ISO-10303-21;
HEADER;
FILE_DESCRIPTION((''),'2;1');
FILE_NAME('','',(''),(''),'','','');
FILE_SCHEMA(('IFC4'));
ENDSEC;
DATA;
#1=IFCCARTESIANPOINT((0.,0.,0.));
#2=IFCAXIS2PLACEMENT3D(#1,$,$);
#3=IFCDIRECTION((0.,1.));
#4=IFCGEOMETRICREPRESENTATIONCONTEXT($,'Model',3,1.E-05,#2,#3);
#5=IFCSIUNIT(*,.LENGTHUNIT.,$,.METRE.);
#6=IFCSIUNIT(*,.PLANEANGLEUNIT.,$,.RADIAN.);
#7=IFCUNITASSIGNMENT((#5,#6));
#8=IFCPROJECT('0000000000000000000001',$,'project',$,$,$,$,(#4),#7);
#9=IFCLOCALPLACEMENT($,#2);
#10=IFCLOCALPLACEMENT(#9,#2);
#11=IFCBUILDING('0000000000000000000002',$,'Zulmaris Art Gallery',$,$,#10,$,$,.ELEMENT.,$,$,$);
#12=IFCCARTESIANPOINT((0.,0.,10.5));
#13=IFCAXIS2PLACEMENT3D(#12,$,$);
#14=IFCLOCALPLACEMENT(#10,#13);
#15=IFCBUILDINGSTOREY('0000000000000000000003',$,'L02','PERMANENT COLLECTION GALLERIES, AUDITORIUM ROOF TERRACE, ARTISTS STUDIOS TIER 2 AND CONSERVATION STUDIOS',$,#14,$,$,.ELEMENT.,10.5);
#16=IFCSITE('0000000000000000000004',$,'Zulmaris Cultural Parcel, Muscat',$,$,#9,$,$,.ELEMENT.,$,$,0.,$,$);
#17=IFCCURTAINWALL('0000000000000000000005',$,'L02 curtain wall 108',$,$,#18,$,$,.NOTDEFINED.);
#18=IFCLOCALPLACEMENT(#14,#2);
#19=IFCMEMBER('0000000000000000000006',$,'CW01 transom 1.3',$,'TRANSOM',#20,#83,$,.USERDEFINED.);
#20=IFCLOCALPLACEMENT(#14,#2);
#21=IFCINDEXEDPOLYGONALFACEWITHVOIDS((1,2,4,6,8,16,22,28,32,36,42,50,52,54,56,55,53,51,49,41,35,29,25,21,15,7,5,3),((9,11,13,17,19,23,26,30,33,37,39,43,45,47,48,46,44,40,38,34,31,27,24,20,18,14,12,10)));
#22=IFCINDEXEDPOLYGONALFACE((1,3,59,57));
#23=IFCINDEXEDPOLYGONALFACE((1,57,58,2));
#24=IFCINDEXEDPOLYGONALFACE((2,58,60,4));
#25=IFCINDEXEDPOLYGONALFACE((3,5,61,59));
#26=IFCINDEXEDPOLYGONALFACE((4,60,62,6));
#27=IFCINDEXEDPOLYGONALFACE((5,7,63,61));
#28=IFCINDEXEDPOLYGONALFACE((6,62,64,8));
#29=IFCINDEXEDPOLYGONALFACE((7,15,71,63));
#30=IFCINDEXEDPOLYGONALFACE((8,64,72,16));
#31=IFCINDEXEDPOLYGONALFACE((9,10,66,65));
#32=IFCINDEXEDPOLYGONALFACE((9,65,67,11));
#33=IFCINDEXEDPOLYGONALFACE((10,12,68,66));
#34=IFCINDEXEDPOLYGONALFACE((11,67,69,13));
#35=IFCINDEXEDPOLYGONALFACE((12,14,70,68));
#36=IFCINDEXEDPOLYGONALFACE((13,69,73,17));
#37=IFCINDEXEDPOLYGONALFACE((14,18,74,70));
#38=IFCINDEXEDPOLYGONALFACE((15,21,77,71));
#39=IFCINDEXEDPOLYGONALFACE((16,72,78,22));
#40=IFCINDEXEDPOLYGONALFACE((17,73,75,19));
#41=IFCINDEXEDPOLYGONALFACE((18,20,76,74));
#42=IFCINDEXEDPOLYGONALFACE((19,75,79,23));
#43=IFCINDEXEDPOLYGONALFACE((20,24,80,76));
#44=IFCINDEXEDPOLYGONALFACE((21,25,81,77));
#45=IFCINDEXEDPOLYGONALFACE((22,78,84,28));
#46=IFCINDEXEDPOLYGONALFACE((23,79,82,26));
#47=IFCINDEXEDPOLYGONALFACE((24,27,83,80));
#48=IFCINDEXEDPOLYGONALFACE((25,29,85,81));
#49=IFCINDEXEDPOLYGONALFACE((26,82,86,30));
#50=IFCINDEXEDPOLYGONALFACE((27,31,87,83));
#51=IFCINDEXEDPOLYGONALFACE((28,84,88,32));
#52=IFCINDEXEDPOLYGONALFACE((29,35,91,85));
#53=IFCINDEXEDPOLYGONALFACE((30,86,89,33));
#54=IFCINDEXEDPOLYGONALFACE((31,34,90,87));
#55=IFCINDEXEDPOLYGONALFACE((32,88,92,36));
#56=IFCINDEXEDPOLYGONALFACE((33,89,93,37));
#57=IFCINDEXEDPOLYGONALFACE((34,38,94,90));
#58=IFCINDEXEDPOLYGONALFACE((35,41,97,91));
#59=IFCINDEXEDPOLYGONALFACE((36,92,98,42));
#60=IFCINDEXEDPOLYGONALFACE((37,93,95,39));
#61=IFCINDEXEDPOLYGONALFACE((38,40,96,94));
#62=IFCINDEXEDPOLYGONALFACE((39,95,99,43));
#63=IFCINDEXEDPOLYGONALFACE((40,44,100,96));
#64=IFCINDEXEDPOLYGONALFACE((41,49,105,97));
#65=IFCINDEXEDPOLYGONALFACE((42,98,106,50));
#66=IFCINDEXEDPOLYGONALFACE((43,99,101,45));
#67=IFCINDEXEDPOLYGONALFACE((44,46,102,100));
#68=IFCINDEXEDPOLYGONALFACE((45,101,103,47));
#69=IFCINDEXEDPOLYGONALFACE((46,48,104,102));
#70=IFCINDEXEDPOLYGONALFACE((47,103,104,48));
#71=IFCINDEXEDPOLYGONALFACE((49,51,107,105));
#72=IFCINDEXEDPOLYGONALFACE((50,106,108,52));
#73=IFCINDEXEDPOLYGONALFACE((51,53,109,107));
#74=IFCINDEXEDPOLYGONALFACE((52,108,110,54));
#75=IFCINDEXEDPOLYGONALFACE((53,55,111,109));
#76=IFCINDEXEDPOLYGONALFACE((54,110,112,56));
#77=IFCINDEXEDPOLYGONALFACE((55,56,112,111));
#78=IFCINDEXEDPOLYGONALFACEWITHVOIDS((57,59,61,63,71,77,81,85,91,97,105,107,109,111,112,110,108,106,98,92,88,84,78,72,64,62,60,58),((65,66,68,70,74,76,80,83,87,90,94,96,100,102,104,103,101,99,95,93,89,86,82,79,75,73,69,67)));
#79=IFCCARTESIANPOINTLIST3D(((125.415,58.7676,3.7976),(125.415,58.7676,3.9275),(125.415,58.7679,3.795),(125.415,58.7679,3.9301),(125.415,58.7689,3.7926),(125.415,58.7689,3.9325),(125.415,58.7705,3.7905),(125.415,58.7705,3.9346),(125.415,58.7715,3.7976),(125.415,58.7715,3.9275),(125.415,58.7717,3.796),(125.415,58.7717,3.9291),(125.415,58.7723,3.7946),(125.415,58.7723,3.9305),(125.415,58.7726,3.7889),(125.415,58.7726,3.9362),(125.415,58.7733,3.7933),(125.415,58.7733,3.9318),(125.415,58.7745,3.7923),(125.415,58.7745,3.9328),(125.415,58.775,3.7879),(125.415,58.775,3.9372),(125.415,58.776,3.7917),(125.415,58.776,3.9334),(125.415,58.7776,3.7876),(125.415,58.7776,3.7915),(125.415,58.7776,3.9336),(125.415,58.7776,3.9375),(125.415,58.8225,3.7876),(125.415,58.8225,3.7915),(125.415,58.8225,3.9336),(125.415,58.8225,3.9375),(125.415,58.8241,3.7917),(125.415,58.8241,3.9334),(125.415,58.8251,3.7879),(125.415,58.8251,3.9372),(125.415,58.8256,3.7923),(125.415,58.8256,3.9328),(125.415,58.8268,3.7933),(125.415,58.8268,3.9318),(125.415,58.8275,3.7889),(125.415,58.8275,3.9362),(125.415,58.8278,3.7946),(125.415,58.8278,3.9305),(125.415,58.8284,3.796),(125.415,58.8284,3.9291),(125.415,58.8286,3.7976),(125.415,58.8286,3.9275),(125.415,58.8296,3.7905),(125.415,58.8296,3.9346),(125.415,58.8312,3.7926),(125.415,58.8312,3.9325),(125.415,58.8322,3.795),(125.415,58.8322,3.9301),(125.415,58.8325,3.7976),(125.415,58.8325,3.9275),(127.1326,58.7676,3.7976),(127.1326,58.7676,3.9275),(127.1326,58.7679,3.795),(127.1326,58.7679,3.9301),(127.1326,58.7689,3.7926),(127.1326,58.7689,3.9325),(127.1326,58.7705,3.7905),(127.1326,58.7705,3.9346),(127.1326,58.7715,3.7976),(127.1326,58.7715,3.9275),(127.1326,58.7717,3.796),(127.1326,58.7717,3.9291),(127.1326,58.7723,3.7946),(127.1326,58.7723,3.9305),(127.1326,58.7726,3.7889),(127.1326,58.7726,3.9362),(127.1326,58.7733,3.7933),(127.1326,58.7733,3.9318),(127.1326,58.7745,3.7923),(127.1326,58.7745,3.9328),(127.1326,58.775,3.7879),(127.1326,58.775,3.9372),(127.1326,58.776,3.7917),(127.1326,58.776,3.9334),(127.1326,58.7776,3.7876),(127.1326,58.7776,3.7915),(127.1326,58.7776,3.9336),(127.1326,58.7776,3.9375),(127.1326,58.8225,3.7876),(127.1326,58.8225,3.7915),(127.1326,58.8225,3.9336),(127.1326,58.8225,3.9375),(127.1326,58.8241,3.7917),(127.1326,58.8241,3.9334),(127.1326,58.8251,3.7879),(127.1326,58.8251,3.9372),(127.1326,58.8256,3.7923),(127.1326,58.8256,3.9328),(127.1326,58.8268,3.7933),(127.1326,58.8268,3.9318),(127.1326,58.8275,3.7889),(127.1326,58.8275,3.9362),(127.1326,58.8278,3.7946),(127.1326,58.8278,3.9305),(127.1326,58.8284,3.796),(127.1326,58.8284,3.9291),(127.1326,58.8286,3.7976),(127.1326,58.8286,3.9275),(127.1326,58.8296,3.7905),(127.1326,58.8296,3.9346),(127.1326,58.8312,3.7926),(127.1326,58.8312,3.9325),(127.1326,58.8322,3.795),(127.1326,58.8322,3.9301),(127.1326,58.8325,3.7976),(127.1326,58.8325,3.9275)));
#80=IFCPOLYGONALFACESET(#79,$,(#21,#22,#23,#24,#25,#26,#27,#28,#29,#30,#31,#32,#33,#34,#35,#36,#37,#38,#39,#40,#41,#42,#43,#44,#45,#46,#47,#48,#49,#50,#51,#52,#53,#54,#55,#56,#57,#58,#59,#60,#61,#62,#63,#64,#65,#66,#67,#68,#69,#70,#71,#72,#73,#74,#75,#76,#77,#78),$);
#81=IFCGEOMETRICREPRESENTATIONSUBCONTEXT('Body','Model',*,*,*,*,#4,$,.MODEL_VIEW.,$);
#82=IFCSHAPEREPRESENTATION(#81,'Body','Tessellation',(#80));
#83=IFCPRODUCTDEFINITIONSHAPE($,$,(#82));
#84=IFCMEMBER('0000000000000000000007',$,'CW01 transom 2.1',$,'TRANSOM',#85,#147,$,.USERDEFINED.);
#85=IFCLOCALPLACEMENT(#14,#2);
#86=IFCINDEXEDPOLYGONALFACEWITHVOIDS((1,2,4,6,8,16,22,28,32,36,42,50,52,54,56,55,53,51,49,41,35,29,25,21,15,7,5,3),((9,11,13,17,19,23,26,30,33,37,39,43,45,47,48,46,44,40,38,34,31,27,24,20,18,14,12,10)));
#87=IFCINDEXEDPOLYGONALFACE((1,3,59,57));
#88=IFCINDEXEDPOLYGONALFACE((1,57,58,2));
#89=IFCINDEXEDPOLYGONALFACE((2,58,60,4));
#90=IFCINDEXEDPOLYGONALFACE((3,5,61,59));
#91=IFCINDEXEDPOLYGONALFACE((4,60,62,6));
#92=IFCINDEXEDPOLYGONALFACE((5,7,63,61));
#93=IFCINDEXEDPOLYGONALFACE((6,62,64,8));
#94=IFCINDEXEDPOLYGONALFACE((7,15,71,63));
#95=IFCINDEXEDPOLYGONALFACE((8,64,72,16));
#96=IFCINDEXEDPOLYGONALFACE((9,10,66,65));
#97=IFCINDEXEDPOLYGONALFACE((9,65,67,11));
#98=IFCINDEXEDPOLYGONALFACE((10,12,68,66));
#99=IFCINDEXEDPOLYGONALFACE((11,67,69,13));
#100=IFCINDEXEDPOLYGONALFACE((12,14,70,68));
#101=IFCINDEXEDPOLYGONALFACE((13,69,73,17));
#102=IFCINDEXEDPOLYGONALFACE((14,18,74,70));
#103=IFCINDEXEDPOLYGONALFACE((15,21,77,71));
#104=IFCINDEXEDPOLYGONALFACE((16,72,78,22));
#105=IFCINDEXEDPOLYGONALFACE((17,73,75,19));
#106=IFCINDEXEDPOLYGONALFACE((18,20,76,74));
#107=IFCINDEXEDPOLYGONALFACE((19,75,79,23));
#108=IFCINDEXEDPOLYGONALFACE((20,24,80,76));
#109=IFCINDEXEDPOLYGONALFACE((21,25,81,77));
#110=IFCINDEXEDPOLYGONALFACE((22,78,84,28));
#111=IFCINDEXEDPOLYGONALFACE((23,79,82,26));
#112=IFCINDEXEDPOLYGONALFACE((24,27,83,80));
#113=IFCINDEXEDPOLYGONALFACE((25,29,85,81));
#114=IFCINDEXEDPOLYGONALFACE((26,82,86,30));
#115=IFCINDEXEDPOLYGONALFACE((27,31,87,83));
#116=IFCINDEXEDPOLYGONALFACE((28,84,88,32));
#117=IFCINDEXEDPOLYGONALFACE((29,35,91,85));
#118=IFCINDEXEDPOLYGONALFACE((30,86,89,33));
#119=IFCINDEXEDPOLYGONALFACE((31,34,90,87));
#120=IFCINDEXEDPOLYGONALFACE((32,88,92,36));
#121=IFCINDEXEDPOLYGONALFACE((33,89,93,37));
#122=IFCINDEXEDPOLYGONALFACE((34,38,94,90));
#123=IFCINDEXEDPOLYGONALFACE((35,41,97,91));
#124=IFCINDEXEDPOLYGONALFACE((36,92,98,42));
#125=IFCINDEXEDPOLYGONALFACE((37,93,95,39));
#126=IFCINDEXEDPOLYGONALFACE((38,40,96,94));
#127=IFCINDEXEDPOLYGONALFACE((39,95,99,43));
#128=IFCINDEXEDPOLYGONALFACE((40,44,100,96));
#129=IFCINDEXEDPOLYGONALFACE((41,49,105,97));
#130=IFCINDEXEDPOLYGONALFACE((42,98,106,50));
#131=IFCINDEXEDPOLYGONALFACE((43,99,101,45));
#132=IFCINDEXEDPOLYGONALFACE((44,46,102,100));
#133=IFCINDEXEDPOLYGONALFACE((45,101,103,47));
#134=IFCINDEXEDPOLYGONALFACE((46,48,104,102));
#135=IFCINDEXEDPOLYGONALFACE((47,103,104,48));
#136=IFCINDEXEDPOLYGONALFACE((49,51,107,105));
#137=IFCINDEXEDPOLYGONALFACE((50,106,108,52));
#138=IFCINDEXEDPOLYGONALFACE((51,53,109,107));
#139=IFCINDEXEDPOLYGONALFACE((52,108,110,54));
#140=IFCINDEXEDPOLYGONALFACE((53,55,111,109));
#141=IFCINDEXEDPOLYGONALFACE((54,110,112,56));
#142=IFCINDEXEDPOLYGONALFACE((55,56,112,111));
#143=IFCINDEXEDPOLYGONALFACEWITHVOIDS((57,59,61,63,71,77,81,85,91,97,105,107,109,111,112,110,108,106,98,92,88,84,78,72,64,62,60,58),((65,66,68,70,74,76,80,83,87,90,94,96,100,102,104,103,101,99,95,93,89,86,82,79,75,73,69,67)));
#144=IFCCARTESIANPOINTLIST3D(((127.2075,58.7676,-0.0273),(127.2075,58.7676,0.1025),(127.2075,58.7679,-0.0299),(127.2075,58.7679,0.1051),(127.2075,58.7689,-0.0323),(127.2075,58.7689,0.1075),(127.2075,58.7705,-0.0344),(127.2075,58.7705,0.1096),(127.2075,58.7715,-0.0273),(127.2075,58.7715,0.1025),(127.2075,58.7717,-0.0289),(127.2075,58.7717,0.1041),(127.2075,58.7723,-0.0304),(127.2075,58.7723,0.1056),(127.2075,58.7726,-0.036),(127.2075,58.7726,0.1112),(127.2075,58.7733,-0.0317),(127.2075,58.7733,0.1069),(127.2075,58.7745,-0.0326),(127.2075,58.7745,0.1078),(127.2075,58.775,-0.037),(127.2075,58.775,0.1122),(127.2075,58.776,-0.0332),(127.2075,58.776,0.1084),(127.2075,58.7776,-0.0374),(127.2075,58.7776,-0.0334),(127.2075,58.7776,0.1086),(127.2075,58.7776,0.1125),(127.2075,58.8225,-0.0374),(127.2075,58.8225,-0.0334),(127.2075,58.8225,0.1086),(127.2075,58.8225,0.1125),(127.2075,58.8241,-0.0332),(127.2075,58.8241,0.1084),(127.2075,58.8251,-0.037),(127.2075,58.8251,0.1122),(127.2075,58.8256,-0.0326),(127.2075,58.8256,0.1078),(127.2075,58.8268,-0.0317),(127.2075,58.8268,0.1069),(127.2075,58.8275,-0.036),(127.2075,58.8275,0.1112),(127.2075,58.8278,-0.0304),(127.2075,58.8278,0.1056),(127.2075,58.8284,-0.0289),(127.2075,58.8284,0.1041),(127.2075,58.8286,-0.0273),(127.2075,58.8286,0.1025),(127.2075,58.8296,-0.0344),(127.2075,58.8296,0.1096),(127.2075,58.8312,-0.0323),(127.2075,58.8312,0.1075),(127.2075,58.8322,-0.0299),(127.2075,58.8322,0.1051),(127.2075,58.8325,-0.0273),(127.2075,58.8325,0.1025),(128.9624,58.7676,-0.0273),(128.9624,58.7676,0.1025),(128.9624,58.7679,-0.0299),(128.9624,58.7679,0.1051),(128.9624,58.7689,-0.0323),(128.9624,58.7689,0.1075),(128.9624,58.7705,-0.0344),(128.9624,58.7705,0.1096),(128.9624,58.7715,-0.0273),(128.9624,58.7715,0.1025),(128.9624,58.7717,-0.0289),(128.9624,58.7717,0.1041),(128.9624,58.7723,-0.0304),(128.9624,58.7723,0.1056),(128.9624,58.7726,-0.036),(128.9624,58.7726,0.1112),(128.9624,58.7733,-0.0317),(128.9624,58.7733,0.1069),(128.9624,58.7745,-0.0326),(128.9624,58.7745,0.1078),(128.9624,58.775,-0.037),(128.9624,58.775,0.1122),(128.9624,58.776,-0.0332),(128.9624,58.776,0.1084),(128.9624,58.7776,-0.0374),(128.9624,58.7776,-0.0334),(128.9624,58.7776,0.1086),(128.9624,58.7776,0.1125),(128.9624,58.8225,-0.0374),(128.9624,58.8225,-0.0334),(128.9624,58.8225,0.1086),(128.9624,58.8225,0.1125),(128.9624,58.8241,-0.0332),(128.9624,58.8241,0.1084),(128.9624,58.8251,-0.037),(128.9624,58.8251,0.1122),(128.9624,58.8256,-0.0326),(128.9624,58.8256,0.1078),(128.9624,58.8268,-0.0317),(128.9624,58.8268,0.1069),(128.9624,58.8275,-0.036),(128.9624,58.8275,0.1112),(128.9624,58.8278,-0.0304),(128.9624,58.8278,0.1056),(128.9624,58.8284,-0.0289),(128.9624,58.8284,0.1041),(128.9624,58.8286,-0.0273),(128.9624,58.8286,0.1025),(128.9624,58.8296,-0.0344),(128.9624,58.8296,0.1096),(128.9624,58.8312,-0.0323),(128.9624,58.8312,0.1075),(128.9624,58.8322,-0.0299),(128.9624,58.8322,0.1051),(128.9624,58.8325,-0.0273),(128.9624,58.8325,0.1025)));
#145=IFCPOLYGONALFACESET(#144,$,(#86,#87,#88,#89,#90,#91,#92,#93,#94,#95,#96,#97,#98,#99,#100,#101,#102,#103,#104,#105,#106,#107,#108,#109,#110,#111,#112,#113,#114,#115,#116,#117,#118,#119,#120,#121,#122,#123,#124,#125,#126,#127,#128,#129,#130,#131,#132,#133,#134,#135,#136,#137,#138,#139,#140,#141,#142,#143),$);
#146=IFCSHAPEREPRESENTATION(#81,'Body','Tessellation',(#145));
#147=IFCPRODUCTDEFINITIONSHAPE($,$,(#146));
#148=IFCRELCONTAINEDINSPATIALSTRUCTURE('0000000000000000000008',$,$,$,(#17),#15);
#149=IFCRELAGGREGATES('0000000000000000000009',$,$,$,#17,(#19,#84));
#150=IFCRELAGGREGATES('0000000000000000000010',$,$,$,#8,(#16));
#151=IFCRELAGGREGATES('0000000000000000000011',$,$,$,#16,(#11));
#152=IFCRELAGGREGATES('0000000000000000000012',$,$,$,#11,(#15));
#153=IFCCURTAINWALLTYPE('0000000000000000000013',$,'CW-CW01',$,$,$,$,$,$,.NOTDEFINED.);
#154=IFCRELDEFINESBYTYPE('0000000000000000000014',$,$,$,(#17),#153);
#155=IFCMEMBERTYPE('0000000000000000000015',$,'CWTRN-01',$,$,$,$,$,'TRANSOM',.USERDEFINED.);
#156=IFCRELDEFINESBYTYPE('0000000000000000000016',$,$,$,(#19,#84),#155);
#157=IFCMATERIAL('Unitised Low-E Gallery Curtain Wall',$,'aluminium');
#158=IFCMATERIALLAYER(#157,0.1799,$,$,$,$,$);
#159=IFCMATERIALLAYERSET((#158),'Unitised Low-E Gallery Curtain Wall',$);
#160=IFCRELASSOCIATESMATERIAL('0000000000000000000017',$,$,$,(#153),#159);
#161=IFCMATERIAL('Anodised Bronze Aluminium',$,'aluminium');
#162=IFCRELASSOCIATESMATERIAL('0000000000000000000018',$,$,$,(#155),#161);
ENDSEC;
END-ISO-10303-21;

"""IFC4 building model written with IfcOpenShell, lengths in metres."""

from ifc_helpers import new_model, si_unit, direction, frame, origin, origin_2d, place, context, subcontext, project, spatial, hollow_rectangle, extrude, material, layer, layer_set, material_profile, profile_set, type_object, element, aggregate, save


model = new_model("IFC4")

# Units and contexts
model_context = context("Model", 3, precision=1e-05, world=origin(), true_north=direction((0.0, 1.0)))
body_context = subcontext(model_context, "Body", "Model", "MODEL_VIEW")
ifc_project = project(units=[si_unit("LENGTHUNIT", "METRE"), si_unit("PLANEANGLEUNIT", "RADIAN")], contexts=[model_context])

# Site, building, storey
site_placement = place(None, origin())
site = spatial("IfcSite", under=ifc_project, at=site_placement, Name="Zulmaris Cultural Parcel, Muscat", CompositionType="ELEMENT", RefElevation=0.0)
building_placement = place(site_placement, origin())
building = spatial("IfcBuilding", under=site, at=building_placement, Name="Zulmaris Art Gallery", CompositionType="ELEMENT")
storey_placement = place(building_placement, frame((0.0, 0.0, 10.5)))
storey = spatial("IfcBuildingStorey", under=building, at=storey_placement, Name="L02", Description="PERMANENT COLLECTION GALLERIES, AUDITORIUM ROOF TERRACE, ARTISTS STUDIOS TIER 2 AND CONSERVATION STUDIOS", CompositionType="ELEMENT", Elevation=10.5)

# Curtain wall
ifc_material_1 = material(Name="Unitised Low-E Gallery Curtain Wall", Category="aluminium")
ifc_layer_1 = layer(ifc_material_1, 0.1799)
ifc_layer_set_1 = layer_set([ifc_layer_1], Name="Unitised Low-E Gallery Curtain Wall")
curtain_wall_type = type_object("IfcCurtainWallType", Name="CW-CW01", PredefinedType="NOTDEFINED", material=ifc_layer_set_1)
ifc_material_2 = material(Name="Anodised Bronze Aluminium", Category="aluminium")
curtain_wall_1_placement = place(storey_placement, origin())
curtain_wall_1 = element("IfcCurtainWall", 1, at=curtain_wall_1_placement, inside=storey, type_object=curtain_wall_type, Name="L02 curtain wall 108", PredefinedType="NOTDEFINED")

# Members
ifc_material_profile_1 = material_profile(ifc_material_2, hollow_rectangle(XDim=0.0649, YDim=0.1499, WallThickness=0.0039, InnerFilletRadius=0.0061, OuterFilletRadius=0.01, at=origin_2d()), Name="ALU 65x150x4")
ifc_profile_set_1 = profile_set([ifc_material_profile_1], Name="Anodised Bronze Aluminium")
member_type_1 = type_object("IfcMemberType", Name="CWTRN-01", ElementType="TRANSOM", PredefinedType="USERDEFINED", material=ifc_profile_set_1)
member_1_placement = place(storey_placement, frame((125.415, 58.8, 3.8625), z_axis=(1.0, 0.0, 0.0), x_axis=(0.0, 1.0, 0.0)))
member_1 = element("IfcMember", 2, at=member_1_placement, type_object=member_type_1, Name="CW01 transom 1.3", ObjectType="TRANSOM", PredefinedType="USERDEFINED", context=body_context, shape_type="SweptSolid", body=[
    extrude(hollow_rectangle(XDim=0.0649, YDim=0.1499, WallThickness=0.0039, InnerFilletRadius=0.0061, OuterFilletRadius=0.01, at=origin_2d()), origin(), (0.0, 0.0, 1.0), 1.7175),
])
member_2_placement = place(storey_placement, frame((127.2075, 58.8, 0.0376), z_axis=(1.0, 0.0, 0.0), x_axis=(0.0, 1.0, 0.0)))
member_2 = element("IfcMember", 3, at=member_2_placement, type_object=member_type_1, Name="CW01 transom 2.1", ObjectType="TRANSOM", PredefinedType="USERDEFINED", context=body_context, shape_type="SweptSolid", body=[
    extrude(hollow_rectangle(XDim=0.0649, YDim=0.1499, WallThickness=0.0039, InnerFilletRadius=0.0061, OuterFilletRadius=0.01, at=origin_2d()), origin(), (0.0, 0.0, 1.0), 1.7549),
])

aggregate(curtain_wall_1, [member_1, member_2])

save(model, "model.ifc")
